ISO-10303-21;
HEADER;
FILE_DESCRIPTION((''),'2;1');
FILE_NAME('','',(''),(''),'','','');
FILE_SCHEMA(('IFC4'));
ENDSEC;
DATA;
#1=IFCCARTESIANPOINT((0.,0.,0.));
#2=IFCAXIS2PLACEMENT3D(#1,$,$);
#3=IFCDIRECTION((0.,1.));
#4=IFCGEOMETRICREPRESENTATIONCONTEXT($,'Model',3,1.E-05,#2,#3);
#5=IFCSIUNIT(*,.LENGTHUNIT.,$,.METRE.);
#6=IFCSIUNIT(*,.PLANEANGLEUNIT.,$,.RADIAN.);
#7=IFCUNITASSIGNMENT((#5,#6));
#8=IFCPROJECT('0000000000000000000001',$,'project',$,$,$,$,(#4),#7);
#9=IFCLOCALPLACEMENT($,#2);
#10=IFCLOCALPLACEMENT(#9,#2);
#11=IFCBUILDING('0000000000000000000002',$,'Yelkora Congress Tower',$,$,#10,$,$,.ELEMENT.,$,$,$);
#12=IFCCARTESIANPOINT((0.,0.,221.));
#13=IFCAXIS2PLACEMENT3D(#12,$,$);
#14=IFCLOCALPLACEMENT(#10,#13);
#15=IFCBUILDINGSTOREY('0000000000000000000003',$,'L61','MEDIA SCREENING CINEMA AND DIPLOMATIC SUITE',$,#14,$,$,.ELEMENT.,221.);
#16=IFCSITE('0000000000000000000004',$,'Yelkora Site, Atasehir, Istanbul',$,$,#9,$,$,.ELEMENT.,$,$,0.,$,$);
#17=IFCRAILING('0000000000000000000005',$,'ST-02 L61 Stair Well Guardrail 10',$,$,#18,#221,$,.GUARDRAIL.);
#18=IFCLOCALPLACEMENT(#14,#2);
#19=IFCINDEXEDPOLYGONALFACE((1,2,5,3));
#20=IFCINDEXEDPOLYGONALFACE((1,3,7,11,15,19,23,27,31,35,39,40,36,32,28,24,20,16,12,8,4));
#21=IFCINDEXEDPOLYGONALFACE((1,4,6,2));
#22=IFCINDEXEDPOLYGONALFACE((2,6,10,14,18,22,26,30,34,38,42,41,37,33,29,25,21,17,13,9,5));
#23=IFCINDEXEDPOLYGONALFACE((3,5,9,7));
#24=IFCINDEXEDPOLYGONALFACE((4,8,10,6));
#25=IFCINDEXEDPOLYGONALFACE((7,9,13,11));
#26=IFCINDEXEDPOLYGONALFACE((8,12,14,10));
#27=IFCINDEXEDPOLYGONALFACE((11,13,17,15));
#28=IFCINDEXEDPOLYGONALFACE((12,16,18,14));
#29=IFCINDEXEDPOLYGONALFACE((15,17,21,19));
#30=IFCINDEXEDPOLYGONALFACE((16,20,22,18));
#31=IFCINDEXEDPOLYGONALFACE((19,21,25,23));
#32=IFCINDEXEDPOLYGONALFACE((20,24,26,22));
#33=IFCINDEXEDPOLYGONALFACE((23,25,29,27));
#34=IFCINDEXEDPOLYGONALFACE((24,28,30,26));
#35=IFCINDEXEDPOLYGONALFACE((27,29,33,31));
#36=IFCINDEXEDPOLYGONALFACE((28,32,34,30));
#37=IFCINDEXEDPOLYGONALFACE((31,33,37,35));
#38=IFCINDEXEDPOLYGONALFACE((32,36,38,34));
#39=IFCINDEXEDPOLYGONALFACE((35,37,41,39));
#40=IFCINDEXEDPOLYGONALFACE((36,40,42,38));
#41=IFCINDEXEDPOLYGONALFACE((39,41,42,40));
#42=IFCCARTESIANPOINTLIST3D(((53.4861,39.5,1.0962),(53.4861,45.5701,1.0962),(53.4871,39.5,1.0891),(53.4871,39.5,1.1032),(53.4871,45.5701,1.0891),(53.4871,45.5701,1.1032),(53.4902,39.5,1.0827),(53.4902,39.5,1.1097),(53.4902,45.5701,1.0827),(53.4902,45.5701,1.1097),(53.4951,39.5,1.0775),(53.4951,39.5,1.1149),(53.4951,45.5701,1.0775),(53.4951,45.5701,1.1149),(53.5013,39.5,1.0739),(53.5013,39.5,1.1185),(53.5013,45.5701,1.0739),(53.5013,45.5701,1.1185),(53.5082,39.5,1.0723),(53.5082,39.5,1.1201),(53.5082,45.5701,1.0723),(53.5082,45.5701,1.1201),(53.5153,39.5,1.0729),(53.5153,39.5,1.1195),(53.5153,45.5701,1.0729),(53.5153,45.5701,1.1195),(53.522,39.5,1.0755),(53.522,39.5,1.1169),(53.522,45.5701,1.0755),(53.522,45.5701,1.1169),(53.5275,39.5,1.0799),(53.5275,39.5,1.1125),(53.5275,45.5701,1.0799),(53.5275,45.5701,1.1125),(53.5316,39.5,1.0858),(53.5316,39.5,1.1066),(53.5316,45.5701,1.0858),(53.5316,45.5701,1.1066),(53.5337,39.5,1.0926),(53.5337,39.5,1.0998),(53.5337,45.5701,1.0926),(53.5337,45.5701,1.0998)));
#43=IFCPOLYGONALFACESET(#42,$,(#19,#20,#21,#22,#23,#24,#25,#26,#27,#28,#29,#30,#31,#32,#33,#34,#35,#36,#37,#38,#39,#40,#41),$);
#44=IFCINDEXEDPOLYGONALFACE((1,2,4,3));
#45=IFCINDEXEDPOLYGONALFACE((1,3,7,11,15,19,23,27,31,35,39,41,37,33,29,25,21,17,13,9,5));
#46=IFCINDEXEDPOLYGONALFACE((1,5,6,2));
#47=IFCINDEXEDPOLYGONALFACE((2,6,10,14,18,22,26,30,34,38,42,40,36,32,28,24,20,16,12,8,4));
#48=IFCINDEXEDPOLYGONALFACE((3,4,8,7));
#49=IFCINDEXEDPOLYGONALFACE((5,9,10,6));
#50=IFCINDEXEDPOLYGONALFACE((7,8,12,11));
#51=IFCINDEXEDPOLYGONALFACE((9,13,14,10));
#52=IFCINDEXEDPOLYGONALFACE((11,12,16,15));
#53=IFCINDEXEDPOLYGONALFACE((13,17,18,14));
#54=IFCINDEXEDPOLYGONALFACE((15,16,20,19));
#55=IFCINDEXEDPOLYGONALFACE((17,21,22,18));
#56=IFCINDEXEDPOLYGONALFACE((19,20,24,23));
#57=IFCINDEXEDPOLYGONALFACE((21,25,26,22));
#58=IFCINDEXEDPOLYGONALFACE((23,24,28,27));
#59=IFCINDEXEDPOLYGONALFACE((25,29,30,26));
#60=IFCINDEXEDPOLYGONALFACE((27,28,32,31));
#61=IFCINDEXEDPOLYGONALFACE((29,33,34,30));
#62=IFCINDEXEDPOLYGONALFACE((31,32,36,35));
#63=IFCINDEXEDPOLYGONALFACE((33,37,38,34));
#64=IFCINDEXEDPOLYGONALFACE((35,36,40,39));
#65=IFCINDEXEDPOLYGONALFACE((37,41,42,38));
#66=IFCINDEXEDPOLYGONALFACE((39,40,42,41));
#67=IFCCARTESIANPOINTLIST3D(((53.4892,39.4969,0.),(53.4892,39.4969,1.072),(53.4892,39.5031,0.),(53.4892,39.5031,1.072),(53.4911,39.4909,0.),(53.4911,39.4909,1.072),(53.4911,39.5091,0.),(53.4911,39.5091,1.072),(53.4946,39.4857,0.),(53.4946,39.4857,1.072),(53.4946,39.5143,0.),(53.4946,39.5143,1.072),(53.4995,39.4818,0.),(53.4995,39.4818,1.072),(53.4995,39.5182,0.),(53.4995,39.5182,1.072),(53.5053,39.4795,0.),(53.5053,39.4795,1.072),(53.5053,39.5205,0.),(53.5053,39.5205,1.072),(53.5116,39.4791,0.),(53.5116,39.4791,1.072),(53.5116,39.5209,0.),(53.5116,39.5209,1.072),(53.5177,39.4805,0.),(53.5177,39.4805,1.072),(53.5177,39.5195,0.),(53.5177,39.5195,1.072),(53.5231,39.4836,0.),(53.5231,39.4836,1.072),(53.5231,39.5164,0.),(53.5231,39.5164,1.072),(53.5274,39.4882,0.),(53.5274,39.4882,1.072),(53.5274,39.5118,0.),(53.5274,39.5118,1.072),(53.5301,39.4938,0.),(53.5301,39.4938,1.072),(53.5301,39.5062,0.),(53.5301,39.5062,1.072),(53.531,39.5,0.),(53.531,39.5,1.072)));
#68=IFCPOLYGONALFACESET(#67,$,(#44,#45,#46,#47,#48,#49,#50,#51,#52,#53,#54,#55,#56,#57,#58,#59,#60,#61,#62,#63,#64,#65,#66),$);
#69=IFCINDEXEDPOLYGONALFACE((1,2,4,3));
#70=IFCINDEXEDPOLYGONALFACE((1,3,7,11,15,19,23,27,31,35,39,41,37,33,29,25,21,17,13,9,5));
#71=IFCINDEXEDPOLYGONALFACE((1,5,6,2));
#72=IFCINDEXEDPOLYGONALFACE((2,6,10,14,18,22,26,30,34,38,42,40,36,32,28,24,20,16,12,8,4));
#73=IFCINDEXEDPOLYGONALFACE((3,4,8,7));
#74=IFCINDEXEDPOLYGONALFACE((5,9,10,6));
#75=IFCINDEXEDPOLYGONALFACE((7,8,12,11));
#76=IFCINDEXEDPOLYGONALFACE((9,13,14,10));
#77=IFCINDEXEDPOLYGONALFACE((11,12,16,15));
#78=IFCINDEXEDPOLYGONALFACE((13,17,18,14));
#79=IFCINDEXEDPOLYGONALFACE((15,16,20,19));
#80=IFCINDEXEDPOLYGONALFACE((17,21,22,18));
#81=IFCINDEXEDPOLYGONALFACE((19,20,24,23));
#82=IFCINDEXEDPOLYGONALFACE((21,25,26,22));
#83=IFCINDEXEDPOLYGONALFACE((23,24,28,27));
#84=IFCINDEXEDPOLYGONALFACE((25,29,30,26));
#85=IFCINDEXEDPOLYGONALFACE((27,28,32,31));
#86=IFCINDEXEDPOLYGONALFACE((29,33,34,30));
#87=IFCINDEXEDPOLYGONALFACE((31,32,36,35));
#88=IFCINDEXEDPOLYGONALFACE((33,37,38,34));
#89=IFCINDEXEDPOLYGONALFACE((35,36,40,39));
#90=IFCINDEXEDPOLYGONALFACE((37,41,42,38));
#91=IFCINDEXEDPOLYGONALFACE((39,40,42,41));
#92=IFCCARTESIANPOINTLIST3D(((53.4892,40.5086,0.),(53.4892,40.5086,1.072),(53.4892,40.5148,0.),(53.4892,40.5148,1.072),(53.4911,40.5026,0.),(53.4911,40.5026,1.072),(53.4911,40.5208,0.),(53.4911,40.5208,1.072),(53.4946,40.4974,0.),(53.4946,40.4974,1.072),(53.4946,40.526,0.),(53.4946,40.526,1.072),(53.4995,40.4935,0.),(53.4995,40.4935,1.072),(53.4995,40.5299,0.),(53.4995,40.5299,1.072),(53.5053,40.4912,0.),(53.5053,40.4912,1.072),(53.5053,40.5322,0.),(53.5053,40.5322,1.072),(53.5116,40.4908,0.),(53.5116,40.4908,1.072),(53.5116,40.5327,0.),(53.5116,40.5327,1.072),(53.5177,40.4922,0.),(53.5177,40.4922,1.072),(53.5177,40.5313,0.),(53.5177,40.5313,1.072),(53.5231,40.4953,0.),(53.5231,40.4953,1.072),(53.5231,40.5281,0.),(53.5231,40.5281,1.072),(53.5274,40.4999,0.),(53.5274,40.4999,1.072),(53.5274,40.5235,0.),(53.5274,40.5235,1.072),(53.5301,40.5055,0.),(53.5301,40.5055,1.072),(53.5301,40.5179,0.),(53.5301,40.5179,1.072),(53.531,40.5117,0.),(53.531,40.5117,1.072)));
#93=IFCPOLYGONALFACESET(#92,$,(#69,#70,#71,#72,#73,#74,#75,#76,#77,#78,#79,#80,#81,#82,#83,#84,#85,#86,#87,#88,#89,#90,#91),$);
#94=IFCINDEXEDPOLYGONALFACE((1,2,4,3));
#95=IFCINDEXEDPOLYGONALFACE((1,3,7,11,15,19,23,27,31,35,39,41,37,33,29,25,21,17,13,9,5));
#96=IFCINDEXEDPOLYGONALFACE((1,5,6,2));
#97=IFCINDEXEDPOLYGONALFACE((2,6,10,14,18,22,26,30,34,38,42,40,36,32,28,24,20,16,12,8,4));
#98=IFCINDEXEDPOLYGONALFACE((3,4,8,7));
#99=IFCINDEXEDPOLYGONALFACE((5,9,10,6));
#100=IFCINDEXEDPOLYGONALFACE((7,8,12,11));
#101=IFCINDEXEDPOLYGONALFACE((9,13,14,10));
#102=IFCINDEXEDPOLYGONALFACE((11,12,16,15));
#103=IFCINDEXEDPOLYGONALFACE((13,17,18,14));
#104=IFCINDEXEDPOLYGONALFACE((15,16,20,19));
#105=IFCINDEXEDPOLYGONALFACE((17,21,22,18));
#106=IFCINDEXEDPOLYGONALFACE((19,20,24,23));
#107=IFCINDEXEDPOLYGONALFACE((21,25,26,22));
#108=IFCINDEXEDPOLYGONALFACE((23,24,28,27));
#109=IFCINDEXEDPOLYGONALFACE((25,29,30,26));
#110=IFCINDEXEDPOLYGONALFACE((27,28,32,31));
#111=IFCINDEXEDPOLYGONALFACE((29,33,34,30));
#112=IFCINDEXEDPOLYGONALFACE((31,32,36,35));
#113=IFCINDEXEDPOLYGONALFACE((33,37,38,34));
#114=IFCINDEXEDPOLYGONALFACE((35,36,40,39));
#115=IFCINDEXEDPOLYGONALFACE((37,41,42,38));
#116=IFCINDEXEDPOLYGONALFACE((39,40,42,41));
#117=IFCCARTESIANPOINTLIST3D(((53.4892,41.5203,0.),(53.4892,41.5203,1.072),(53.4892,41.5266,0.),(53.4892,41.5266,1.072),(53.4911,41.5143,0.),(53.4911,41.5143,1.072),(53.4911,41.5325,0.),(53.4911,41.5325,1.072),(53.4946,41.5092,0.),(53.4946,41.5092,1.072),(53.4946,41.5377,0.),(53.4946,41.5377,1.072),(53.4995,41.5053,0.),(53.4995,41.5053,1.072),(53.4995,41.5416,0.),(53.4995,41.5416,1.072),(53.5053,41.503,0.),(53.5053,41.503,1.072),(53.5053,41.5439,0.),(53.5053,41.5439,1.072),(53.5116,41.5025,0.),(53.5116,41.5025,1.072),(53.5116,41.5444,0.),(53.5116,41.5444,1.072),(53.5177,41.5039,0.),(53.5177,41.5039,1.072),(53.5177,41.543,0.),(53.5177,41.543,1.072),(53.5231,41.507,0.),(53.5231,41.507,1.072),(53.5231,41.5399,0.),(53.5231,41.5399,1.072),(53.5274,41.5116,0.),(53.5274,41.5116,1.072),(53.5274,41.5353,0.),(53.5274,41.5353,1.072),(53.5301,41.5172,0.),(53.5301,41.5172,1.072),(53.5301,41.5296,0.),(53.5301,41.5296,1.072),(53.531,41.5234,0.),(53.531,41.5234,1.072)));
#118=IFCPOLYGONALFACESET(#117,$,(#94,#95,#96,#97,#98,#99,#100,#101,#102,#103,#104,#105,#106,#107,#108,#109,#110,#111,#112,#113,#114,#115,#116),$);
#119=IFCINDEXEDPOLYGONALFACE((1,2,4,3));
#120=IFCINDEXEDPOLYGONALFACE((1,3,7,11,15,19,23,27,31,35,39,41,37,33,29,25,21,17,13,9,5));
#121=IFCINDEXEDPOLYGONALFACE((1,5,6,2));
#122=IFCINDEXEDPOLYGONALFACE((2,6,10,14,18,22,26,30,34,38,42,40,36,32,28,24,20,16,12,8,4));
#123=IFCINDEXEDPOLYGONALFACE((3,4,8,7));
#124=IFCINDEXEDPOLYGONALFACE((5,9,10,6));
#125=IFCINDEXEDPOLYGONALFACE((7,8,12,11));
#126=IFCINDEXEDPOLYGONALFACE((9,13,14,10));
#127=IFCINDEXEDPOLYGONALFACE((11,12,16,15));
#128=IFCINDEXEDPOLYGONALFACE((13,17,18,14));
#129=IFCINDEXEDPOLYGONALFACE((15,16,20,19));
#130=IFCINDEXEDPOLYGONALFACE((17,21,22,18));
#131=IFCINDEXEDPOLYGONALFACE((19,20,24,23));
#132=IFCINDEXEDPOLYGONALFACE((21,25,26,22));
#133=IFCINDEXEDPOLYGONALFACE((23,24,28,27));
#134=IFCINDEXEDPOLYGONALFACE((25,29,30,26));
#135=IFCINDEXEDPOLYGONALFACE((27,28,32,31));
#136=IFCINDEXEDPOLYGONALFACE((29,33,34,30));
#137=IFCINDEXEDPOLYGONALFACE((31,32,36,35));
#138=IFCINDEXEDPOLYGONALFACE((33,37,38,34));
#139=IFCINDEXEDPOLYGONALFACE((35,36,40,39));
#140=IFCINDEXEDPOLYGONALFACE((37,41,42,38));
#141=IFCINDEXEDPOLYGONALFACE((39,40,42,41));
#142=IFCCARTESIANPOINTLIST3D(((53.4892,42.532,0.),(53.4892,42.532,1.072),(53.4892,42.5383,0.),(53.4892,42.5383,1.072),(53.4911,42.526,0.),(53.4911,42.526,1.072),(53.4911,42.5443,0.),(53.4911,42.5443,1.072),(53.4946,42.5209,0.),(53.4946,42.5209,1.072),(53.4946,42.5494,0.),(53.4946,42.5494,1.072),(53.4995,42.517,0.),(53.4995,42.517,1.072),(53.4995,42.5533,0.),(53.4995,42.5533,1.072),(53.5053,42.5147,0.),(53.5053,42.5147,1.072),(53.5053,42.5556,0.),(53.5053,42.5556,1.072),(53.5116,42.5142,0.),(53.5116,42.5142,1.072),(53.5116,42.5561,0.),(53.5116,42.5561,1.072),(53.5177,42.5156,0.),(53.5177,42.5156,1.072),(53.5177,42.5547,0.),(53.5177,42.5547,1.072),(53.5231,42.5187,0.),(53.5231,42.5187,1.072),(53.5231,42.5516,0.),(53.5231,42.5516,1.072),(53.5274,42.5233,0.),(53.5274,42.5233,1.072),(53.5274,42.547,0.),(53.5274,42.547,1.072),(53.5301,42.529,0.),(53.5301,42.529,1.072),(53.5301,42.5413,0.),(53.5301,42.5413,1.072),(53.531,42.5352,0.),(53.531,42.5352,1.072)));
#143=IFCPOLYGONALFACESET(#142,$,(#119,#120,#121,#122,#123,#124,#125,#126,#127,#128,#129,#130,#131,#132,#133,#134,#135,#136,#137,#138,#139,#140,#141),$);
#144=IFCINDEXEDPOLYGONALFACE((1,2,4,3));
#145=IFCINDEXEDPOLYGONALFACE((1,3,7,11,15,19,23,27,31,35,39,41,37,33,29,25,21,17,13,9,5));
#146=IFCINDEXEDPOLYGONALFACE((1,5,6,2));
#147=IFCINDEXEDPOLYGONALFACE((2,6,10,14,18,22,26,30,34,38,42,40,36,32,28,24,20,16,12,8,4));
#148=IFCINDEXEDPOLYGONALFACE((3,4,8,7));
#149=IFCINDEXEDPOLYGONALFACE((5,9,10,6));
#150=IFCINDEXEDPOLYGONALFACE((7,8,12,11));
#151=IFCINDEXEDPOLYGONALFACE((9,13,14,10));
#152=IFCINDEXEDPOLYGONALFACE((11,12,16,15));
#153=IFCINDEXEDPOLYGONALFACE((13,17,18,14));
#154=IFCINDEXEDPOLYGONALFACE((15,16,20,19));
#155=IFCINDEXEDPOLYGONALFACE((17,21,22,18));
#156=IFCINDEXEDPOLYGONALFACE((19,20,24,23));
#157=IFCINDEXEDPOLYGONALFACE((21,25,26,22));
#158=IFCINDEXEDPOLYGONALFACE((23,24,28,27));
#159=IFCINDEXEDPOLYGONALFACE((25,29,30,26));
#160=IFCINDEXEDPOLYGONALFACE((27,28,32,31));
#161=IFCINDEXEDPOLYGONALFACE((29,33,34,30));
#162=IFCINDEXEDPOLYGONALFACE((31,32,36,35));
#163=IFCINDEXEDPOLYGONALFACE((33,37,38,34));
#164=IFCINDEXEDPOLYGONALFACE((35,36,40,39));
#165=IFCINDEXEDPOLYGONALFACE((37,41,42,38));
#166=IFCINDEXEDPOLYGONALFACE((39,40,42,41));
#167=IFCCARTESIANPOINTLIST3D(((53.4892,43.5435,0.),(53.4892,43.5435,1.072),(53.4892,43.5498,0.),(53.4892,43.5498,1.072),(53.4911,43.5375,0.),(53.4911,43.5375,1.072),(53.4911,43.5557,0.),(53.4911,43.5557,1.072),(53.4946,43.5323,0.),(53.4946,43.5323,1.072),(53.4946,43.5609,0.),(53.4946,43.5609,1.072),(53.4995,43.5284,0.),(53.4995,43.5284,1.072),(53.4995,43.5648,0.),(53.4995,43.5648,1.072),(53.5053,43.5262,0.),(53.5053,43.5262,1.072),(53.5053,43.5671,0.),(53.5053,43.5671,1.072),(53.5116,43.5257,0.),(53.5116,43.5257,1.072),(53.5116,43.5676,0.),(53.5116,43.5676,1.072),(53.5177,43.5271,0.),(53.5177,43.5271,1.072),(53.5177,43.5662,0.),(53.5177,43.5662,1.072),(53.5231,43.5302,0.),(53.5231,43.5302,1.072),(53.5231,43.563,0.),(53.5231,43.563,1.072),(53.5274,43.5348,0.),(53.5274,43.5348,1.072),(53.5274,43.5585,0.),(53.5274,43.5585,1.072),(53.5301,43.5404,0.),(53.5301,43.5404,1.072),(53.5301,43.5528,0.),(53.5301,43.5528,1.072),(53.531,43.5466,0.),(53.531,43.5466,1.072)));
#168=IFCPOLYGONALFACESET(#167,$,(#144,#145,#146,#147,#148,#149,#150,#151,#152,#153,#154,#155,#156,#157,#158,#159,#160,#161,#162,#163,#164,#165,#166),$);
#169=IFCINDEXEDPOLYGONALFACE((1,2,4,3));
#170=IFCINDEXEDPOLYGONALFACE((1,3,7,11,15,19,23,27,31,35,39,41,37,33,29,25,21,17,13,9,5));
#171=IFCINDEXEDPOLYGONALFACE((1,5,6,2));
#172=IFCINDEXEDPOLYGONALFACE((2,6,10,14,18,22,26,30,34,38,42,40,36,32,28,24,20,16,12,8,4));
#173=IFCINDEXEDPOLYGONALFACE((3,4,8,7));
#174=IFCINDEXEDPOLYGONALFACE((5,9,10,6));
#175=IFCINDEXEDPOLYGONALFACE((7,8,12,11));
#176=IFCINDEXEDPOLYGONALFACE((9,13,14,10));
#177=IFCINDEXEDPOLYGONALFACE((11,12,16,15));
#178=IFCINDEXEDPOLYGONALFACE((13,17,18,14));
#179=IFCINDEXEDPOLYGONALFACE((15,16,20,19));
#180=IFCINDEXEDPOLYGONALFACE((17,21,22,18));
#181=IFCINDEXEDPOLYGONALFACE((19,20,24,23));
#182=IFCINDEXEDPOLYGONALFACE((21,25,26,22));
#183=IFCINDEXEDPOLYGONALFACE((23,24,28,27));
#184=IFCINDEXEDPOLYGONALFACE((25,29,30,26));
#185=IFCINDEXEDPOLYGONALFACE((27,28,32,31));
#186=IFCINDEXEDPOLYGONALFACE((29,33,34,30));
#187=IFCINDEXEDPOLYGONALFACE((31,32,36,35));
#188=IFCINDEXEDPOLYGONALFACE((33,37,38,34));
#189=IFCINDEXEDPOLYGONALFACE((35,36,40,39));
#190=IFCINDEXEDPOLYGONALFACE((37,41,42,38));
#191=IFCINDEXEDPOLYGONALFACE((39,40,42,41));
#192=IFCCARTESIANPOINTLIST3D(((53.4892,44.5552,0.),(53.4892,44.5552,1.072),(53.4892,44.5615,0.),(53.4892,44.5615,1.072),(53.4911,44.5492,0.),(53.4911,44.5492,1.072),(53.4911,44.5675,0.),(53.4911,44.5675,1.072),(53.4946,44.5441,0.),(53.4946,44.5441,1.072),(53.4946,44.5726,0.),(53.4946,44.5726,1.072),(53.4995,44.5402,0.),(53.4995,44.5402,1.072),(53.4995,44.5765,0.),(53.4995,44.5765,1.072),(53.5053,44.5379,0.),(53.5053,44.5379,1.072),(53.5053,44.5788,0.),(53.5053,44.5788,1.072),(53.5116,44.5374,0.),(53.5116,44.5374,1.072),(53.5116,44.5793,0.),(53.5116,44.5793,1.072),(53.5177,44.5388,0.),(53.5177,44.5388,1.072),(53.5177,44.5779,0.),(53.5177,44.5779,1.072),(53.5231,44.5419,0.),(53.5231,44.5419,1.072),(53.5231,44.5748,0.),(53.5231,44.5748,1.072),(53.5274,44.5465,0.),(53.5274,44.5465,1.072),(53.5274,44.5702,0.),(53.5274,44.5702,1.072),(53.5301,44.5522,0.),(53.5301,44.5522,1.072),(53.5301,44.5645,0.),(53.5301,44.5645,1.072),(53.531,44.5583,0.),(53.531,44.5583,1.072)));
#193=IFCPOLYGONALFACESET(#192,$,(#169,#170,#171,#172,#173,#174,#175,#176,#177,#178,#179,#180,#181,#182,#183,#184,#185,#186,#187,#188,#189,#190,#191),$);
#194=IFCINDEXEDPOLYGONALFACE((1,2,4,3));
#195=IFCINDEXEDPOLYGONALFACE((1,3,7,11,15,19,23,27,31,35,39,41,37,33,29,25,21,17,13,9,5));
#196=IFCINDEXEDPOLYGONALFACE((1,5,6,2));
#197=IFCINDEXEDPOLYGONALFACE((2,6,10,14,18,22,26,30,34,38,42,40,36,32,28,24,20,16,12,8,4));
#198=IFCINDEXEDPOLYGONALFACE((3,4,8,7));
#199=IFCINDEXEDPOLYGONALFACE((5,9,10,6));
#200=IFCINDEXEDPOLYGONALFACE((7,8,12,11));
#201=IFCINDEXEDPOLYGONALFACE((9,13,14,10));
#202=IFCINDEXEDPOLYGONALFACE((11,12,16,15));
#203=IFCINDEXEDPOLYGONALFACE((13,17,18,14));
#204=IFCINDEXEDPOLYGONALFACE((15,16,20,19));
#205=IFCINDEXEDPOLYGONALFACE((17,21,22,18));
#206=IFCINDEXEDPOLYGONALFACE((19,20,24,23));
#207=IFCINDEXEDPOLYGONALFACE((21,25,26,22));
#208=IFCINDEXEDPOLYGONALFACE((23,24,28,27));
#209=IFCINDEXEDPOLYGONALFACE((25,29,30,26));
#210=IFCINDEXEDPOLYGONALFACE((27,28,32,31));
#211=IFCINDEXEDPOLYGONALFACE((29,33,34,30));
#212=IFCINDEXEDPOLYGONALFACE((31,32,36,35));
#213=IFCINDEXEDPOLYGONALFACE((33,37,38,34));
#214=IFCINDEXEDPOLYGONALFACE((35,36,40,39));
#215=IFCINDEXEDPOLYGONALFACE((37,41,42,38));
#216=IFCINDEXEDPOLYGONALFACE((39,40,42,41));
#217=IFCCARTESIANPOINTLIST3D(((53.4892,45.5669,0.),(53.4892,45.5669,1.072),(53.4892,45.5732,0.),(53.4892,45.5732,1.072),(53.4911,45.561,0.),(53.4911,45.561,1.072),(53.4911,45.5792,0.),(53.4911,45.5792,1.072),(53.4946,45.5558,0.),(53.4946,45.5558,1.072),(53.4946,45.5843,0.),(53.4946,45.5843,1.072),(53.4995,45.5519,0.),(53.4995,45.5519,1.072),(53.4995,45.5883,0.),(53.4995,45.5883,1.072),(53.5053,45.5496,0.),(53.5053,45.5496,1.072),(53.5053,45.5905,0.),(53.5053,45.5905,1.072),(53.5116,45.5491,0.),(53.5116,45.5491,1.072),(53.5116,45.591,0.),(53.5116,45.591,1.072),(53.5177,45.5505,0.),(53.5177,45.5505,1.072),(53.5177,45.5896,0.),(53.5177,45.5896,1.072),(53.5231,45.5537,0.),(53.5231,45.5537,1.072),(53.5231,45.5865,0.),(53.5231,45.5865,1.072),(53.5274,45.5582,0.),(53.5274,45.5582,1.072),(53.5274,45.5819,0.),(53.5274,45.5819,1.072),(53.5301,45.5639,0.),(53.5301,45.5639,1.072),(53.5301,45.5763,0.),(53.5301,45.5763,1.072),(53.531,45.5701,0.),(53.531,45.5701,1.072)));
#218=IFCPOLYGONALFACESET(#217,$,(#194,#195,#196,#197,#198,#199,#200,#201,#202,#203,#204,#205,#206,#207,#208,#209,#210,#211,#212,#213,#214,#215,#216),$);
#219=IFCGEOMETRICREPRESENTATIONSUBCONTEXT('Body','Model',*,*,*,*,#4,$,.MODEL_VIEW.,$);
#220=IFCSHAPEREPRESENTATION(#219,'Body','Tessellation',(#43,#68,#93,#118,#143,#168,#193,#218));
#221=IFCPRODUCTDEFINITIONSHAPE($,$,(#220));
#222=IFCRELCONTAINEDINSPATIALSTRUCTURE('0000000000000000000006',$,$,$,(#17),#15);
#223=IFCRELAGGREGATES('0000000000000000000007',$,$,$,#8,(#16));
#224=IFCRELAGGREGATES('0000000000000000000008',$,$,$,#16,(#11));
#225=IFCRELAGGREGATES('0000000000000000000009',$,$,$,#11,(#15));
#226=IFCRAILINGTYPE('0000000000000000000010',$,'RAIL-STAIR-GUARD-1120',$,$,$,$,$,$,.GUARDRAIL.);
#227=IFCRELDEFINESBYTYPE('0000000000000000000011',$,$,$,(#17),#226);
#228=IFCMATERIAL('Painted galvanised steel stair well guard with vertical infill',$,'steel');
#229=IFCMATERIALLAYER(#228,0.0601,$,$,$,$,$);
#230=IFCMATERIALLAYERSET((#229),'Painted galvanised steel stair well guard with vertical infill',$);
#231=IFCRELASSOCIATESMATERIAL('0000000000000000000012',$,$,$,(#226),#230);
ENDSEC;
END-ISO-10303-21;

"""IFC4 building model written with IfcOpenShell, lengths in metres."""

from ifc_helpers import new_model, si_unit, direction, frame, origin, origin_2d, place, context, subcontext, project, spatial, circle, extrude, material, layer, layer_set, type_object, element, save


model = new_model("IFC4")

# Units and contexts
model_context = context("Model", 3, precision=1e-05, world=origin(), true_north=direction((0.0, 1.0)))
body_context = subcontext(model_context, "Body", "Model", "MODEL_VIEW")
ifc_project = project(units=[si_unit("LENGTHUNIT", "METRE"), si_unit("PLANEANGLEUNIT", "RADIAN")], contexts=[model_context])

# Site, building, storey
site_placement = place(None, origin())
site = spatial("IfcSite", under=ifc_project, at=site_placement, Name="Yelkora Site, Atasehir, Istanbul", CompositionType="ELEMENT", RefElevation=0.0)
building_placement = place(site_placement, origin())
building = spatial("IfcBuilding", under=site, at=building_placement, Name="Yelkora Congress Tower", CompositionType="ELEMENT")
storey_placement = place(building_placement, frame((0.0, 0.0, 221.0)))
storey = spatial("IfcBuildingStorey", under=building, at=storey_placement, Name="L61", Description="MEDIA SCREENING CINEMA AND DIPLOMATIC SUITE", CompositionType="ELEMENT", Elevation=221.0)

# Railing
ifc_material_1 = material(Name="Painted galvanised steel stair well guard with vertical infill", Category="steel")
ifc_layer_1 = layer(ifc_material_1, 0.0601)
ifc_layer_set_1 = layer_set([ifc_layer_1], Name="Painted galvanised steel stair well guard with vertical infill")
railing_type_1 = type_object("IfcRailingType", Name="RAIL-STAIR-GUARD-1120", PredefinedType="GUARDRAIL", material=ifc_layer_set_1)
railing_1_placement = place(storey_placement, frame((53.51, 39.5, 0.0)))
element("IfcRailing", 1, at=railing_1_placement, inside=storey, type_object=railing_type_1, Name="ST-02 L61 Stair Well Guardrail 10", PredefinedType="GUARDRAIL", context=body_context, shape_type="SweptSolid", body=[
    extrude(circle(Radius=0.0239, at=origin_2d()), frame((0.0, 0.0, 1.0962), z_axis=(0.0, 1.0, 0.0), x_axis=(-1.0, 0.0, 0.0)), (0.0, 0.0, 1.0), 6.0701),
    extrude(circle(Radius=0.021, at=origin_2d()), origin(), (0.0, 0.0, 1.0), 1.072),
    extrude(circle(Radius=0.021, at=origin_2d()), frame((0.0, 1.0117, 0.0)), (0.0, 0.0, 1.0), 1.072),
    extrude(circle(Radius=0.021, at=origin_2d()), frame((0.0, 2.0234, 0.0)), (0.0, 0.0, 1.0), 1.072),
    extrude(circle(Radius=0.021, at=origin_2d()), frame((0.0, 3.0352, 0.0)), (0.0, 0.0, 1.0), 1.072),
    extrude(circle(Radius=0.021, at=origin_2d()), frame((0.0, 4.0466, 0.0)), (0.0, 0.0, 1.0), 1.072),
    extrude(circle(Radius=0.021, at=origin_2d()), frame((0.0, 5.0583, 0.0)), (0.0, 0.0, 1.0), 1.072),
    extrude(circle(Radius=0.021, at=origin_2d()), frame((0.0, 6.0701, 0.0)), (0.0, 0.0, 1.0), 1.072),
])

save(model, "model.ifc")
